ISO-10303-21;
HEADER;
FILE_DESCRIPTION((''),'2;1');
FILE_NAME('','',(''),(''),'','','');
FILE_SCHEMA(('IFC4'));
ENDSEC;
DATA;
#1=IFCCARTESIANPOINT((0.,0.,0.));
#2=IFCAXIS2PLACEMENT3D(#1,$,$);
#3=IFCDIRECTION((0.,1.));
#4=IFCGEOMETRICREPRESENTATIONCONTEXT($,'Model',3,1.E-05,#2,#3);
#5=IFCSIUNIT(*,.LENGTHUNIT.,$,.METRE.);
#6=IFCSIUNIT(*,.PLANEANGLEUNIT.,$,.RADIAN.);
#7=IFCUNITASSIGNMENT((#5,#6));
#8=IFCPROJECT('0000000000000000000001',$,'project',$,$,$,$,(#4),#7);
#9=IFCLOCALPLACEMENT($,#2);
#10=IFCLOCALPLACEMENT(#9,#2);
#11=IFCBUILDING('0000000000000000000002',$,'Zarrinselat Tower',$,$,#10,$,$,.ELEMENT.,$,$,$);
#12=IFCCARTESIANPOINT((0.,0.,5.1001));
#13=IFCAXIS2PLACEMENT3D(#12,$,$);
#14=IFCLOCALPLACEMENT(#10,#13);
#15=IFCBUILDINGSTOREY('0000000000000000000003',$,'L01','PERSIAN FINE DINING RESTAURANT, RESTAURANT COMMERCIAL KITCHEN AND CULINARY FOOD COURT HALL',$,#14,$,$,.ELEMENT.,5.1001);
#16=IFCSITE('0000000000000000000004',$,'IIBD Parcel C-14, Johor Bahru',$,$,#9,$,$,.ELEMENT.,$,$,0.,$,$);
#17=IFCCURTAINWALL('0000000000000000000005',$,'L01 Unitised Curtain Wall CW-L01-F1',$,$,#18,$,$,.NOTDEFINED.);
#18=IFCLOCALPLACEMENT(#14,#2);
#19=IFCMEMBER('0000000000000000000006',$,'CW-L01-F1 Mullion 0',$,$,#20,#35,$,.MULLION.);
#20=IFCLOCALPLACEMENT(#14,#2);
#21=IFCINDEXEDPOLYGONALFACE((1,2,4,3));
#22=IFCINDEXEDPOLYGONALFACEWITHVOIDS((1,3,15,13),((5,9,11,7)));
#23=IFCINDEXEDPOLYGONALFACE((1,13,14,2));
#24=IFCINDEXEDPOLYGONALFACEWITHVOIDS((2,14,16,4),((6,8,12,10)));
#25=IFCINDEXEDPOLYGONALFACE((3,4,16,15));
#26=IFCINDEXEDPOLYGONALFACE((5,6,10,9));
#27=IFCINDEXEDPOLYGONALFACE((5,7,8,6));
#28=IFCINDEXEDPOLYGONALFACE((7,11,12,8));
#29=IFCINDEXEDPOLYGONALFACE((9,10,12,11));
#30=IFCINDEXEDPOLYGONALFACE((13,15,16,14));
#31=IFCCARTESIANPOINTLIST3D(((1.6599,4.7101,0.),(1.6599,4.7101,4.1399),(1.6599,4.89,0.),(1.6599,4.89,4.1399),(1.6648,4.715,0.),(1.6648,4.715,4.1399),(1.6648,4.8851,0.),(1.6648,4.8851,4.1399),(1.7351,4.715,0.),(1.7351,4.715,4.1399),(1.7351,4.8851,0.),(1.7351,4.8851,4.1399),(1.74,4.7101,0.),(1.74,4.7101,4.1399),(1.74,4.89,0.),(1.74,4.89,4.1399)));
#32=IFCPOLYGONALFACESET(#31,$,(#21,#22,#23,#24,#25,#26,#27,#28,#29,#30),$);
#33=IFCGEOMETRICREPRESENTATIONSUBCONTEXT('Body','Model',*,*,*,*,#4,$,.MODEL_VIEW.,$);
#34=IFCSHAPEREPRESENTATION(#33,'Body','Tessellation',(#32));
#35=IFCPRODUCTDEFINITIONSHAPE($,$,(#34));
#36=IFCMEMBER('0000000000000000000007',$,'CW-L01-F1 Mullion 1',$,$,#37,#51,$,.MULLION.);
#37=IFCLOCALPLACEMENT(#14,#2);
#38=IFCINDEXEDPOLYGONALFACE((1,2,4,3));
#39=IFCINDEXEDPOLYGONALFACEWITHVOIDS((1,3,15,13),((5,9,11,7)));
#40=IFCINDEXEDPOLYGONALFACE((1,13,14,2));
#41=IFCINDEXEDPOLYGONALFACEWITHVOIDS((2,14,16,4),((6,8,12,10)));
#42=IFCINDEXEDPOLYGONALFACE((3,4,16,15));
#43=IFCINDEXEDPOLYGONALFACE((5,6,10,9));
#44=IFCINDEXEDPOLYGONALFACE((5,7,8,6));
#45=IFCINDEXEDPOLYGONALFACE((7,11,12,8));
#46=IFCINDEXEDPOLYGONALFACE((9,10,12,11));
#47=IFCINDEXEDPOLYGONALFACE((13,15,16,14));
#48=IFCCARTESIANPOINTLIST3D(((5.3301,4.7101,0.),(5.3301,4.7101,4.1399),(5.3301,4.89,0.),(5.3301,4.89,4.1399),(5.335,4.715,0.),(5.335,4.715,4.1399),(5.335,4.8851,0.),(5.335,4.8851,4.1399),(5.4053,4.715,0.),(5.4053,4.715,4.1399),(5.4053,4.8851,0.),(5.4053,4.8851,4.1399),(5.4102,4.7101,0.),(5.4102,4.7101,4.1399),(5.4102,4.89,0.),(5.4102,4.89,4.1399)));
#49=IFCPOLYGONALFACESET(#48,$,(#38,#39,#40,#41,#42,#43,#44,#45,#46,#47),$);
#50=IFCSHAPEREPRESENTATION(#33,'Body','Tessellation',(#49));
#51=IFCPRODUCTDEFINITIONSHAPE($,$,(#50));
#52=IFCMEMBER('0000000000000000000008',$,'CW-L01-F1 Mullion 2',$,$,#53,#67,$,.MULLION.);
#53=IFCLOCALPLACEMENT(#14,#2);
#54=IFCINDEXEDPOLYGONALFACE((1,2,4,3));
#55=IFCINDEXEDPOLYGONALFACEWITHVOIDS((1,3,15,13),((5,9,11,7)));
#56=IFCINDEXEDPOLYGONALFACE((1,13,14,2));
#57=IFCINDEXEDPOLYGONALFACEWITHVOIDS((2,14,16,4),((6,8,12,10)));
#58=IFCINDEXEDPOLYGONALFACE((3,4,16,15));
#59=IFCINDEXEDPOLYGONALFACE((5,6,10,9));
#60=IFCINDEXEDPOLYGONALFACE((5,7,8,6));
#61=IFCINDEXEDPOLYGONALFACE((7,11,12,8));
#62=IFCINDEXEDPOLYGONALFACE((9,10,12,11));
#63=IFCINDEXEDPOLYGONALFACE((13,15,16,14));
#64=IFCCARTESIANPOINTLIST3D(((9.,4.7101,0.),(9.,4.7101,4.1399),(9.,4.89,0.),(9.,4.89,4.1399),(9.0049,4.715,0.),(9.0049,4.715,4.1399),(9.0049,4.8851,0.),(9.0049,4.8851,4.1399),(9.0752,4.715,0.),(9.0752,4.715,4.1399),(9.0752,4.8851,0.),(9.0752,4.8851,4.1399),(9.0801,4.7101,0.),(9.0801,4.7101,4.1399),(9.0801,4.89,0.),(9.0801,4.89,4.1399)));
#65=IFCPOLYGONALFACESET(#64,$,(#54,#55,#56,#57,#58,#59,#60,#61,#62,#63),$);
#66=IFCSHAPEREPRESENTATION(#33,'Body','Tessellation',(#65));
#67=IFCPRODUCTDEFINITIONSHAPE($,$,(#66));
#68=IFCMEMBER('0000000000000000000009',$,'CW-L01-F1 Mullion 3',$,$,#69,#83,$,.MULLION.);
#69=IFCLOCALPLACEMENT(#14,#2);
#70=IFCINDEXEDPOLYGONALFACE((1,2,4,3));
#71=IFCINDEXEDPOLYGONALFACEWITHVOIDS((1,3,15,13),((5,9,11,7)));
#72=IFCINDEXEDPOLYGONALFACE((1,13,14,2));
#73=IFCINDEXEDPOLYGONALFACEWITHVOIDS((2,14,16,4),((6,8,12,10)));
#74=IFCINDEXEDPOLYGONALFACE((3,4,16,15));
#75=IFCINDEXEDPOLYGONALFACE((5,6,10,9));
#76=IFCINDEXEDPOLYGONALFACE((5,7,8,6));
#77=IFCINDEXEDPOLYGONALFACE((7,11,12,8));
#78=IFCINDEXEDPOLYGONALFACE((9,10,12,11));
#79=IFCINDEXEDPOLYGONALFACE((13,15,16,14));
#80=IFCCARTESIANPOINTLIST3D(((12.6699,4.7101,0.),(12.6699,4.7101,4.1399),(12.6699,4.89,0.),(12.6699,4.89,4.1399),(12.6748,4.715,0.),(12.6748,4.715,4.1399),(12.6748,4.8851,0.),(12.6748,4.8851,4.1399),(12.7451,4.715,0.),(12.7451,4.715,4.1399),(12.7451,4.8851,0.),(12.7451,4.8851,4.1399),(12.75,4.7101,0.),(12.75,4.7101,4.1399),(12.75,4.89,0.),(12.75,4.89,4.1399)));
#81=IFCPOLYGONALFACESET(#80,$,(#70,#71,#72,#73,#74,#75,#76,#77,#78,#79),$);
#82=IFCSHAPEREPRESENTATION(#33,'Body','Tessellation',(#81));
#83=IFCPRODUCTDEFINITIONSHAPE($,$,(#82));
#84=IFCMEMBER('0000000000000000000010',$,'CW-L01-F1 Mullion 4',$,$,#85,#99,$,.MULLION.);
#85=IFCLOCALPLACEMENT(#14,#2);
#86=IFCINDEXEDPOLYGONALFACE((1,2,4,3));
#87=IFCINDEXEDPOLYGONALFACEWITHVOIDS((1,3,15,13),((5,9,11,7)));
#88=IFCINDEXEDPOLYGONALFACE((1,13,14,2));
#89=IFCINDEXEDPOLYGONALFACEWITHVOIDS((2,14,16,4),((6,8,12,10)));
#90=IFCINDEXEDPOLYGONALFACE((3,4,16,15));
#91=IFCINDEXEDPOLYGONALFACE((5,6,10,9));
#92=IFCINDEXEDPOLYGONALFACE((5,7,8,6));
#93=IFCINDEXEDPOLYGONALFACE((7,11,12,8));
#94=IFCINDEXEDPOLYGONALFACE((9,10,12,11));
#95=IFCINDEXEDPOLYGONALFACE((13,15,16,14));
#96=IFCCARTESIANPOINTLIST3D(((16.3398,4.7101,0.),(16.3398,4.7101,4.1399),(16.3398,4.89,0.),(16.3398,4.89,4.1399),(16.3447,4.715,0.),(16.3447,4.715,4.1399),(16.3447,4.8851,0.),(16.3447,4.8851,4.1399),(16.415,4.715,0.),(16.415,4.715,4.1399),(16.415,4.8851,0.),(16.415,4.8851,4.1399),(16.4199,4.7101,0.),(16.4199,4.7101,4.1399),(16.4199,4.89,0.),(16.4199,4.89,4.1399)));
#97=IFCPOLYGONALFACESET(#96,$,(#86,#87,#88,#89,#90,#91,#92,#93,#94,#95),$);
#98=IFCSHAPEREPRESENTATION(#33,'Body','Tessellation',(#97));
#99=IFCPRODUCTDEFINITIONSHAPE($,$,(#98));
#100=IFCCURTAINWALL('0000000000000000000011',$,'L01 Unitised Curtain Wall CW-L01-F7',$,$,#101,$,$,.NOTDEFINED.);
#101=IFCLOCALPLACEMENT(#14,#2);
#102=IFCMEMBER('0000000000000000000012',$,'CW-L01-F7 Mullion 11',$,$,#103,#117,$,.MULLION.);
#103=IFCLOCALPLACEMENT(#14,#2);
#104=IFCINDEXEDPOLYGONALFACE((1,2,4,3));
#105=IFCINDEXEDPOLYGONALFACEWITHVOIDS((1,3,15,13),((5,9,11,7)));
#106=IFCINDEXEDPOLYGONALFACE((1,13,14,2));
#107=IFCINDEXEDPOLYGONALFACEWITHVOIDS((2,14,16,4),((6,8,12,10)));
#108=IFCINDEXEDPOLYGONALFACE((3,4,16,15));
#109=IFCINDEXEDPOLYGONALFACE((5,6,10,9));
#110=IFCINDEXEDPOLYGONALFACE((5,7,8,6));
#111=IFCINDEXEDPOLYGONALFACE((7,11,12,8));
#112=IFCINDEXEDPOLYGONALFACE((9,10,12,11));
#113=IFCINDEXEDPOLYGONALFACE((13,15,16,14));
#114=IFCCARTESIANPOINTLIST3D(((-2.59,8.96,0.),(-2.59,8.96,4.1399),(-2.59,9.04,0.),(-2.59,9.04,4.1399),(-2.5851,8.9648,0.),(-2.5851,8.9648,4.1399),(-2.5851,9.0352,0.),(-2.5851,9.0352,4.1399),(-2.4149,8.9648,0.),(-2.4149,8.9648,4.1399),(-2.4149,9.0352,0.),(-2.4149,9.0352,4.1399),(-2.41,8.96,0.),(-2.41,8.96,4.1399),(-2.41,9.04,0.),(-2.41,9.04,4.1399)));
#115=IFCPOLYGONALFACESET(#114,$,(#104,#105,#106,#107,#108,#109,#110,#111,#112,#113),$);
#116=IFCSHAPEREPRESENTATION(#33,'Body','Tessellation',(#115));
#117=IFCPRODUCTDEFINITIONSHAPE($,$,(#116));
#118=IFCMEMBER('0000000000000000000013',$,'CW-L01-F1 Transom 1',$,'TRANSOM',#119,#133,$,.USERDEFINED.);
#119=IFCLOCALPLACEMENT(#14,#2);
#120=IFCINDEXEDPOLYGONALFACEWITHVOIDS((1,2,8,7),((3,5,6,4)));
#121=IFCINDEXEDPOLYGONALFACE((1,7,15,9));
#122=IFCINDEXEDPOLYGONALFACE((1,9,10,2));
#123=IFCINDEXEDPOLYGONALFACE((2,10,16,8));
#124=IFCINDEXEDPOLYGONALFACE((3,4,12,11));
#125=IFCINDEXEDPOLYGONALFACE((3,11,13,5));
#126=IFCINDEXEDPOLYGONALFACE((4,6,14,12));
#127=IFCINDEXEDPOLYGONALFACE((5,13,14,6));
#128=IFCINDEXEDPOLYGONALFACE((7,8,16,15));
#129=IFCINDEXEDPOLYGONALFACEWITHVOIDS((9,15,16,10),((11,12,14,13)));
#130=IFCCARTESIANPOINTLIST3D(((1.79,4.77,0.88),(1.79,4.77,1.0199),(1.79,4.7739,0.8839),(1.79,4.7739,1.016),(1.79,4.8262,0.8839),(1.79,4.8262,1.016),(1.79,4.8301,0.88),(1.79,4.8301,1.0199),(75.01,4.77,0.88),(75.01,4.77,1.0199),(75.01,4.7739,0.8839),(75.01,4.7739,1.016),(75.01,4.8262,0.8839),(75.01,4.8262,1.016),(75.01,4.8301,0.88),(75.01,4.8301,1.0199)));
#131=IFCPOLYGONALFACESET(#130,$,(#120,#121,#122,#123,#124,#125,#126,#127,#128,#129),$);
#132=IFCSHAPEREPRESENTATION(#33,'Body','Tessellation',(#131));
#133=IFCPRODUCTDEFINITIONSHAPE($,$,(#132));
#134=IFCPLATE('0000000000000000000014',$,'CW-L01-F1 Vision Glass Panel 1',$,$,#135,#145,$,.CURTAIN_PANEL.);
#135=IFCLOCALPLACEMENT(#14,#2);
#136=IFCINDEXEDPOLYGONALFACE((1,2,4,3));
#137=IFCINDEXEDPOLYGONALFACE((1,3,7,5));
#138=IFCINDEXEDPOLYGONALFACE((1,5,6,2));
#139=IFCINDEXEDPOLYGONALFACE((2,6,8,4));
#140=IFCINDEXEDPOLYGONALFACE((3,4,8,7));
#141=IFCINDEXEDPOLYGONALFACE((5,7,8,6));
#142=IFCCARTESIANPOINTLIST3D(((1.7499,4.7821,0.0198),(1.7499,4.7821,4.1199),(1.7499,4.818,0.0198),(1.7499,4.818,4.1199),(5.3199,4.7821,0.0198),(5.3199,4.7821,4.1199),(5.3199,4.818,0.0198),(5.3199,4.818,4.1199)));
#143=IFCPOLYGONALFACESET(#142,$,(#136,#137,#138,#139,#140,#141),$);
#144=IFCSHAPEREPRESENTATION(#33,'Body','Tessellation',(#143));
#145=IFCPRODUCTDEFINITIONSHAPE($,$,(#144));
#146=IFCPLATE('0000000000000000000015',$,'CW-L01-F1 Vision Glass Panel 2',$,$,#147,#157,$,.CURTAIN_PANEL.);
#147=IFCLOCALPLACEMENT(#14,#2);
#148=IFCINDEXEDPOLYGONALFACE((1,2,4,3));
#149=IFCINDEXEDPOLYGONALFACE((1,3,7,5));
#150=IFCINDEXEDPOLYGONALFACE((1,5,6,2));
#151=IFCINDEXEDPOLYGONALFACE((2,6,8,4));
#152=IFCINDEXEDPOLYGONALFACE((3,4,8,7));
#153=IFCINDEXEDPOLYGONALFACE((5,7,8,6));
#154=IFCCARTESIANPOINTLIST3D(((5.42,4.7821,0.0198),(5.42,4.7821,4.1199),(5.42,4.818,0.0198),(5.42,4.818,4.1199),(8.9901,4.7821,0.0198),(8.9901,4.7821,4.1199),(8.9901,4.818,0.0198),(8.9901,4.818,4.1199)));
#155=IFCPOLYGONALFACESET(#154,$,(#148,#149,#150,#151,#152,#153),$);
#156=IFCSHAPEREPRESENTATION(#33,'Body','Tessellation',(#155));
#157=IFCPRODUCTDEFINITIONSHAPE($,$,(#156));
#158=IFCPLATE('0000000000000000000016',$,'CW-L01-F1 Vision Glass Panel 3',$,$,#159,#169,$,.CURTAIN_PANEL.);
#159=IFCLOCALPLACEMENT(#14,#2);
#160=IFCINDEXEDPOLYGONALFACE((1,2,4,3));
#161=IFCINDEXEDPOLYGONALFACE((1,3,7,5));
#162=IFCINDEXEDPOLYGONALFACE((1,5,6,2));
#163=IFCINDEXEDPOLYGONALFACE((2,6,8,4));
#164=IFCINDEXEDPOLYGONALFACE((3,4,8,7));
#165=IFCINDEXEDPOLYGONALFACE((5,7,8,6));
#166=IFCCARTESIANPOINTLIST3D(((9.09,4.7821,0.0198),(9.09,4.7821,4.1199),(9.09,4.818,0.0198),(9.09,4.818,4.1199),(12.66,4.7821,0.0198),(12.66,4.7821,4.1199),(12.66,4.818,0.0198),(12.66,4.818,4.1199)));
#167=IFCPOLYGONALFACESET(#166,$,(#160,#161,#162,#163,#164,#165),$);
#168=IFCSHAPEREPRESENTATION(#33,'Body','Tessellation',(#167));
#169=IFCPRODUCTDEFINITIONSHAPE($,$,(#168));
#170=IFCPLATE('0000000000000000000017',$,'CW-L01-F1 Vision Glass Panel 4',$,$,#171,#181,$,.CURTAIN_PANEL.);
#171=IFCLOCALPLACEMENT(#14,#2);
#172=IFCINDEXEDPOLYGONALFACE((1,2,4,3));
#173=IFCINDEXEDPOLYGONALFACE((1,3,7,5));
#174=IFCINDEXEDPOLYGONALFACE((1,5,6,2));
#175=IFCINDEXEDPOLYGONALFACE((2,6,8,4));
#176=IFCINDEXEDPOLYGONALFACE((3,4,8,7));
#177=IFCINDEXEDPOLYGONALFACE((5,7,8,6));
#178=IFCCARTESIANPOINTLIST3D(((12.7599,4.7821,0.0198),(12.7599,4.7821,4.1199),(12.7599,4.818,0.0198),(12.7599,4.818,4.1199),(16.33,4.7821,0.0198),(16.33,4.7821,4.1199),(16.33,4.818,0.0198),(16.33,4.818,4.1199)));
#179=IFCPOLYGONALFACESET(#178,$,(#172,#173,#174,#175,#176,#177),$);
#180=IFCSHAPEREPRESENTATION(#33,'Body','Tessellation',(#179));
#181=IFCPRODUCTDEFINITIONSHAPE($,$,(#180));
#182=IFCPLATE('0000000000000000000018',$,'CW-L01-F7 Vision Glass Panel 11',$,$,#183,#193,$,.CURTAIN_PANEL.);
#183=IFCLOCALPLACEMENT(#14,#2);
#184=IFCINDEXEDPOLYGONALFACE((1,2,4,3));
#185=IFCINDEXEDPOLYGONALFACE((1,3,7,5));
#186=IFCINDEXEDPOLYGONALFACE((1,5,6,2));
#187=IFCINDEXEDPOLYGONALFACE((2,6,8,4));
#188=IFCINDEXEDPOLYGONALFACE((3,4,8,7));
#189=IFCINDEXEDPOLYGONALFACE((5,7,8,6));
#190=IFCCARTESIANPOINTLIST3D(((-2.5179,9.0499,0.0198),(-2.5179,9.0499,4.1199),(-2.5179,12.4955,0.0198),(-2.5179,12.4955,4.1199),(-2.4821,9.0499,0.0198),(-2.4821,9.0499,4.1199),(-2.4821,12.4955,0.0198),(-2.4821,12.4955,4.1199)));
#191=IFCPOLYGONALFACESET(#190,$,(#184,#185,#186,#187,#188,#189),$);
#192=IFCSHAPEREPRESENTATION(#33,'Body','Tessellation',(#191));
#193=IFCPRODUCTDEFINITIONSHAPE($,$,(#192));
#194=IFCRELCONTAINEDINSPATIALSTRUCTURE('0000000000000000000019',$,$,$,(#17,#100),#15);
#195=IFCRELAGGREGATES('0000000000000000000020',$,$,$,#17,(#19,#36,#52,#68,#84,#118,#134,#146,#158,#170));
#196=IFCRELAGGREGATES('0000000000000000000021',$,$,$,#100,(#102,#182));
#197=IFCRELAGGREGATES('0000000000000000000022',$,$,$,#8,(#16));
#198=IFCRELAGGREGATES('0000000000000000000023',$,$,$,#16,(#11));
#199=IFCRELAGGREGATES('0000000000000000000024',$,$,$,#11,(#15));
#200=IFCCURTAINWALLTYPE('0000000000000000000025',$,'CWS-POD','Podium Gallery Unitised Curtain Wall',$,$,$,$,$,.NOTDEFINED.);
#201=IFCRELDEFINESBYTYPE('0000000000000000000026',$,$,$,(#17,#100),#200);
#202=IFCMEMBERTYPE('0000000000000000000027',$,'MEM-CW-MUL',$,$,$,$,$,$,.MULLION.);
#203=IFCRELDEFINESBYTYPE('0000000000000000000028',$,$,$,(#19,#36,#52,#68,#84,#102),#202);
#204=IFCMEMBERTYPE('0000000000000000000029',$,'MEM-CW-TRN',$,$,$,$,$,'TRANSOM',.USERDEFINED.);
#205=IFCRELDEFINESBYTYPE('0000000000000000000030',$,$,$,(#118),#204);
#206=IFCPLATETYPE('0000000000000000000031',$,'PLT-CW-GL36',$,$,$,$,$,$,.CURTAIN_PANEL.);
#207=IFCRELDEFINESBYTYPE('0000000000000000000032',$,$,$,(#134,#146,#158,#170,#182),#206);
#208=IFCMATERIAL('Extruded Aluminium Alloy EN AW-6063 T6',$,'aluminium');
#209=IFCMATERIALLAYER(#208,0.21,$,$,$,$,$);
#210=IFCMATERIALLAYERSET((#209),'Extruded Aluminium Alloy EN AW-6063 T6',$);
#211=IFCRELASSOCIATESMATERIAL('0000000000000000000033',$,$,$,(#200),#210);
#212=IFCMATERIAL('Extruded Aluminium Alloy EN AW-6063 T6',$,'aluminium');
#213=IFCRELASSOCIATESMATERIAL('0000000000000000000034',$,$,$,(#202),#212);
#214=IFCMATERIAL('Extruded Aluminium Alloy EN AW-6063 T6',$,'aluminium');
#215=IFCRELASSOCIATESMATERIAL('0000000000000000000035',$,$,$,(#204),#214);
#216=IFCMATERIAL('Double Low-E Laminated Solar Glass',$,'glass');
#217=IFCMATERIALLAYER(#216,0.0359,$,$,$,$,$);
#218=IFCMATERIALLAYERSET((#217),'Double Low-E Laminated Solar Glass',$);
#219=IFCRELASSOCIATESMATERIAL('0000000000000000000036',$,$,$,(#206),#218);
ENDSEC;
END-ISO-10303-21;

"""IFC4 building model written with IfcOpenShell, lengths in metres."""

from ifc_helpers import new_model, si_unit, direction, frame, origin, origin_2d, place, context, subcontext, project, spatial, rectangle, hollow_rectangle, extrude, material, layer, layer_set, material_profile, profile_set, type_object, element, aggregate, save


model = new_model("IFC4")

# Units and contexts
model_context = context("Model", 3, precision=1e-05, world=origin(), true_north=direction((0.0, 1.0)))
body_context = subcontext(model_context, "Body", "Model", "MODEL_VIEW")
ifc_project = project(units=[si_unit("LENGTHUNIT", "METRE"), si_unit("PLANEANGLEUNIT", "RADIAN")], contexts=[model_context])

# Site, building, storey
site_placement = place(None, origin())
site = spatial("IfcSite", under=ifc_project, at=site_placement, Name="IIBD Parcel C-14, Johor Bahru", CompositionType="ELEMENT", RefElevation=0.0)
building_placement = place(site_placement, origin())
building = spatial("IfcBuilding", under=site, at=building_placement, Name="Zarrinselat Tower", CompositionType="ELEMENT")
storey_placement = place(building_placement, frame((0.0, 0.0, 5.1001)))
storey = spatial("IfcBuildingStorey", under=building, at=storey_placement, Name="L01", Description="PERSIAN FINE DINING RESTAURANT, RESTAURANT COMMERCIAL KITCHEN AND CULINARY FOOD COURT HALL", CompositionType="ELEMENT", Elevation=5.1001)

# Curtain wall, members
ifc_material_1 = material(Name="Extruded Aluminium Alloy EN AW-6063 T6", Category="aluminium")
ifc_layer_1 = layer(ifc_material_1, 0.21)
ifc_layer_set_1 = layer_set([ifc_layer_1], Name="Extruded Aluminium Alloy EN AW-6063 T6")
curtain_wall_type = type_object("IfcCurtainWallType", Name="CWS-POD", Description="Podium Gallery Unitised Curtain Wall", PredefinedType="NOTDEFINED", material=ifc_layer_set_1)
curtain_wall_1_placement = place(storey_placement, origin())
curtain_wall_1 = element("IfcCurtainWall", 1, at=curtain_wall_1_placement, inside=storey, type_object=curtain_wall_type, Name="L01 Unitised Curtain Wall CW-L01-F1", PredefinedType="NOTDEFINED")
ifc_material_2 = material(Name="Extruded Aluminium Alloy EN AW-6063 T6", Category="aluminium")
ifc_material_profile_1 = material_profile(ifc_material_2, hollow_rectangle(XDim=0.0801, YDim=0.1799, WallThickness=0.0049, at=origin_2d()), Name="RHS 180x80x5")
ifc_profile_set_1 = profile_set([ifc_material_profile_1], Name="Extruded Aluminium Alloy EN AW-6063 T6")
member_type_1 = type_object("IfcMemberType", Name="MEM-CW-MUL", PredefinedType="MULLION", material=ifc_profile_set_1)
member_1_placement = place(storey_placement, frame((1.7, 4.8, 0.0), z_axis=(0.0, 0.0, 1.0), x_axis=(1.0, 0.0, 0.0)))
member_1 = element("IfcMember", 2, at=member_1_placement, type_object=member_type_1, Name="CW-L01-F1 Mullion 0", PredefinedType="MULLION", context=body_context, shape_type="SweptSolid", body=[
    extrude(hollow_rectangle(XDim=0.0801, YDim=0.1799, WallThickness=0.0049, at=origin_2d()), origin(), (0.0, 0.0, 1.0), 4.1399),
])
member_2_placement = place(storey_placement, frame((5.3701, 4.8, 0.0), z_axis=(0.0, 0.0, 1.0), x_axis=(1.0, 0.0, 0.0)))
member_2 = element("IfcMember", 3, at=member_2_placement, type_object=member_type_1, Name="CW-L01-F1 Mullion 1", PredefinedType="MULLION", context=body_context, shape_type="SweptSolid", body=[
    extrude(hollow_rectangle(XDim=0.0801, YDim=0.1799, WallThickness=0.0049, at=origin_2d()), origin(), (0.0, 0.0, 1.0), 4.1399),
])
member_3_placement = place(storey_placement, frame((9.04, 4.8, 0.0), z_axis=(0.0, 0.0, 1.0), x_axis=(1.0, 0.0, 0.0)))
member_3 = element("IfcMember", 4, at=member_3_placement, type_object=member_type_1, Name="CW-L01-F1 Mullion 2", PredefinedType="MULLION", context=body_context, shape_type="SweptSolid", body=[
    extrude(hollow_rectangle(XDim=0.0801, YDim=0.1799, WallThickness=0.0049, at=origin_2d()), origin(), (0.0, 0.0, 1.0), 4.1399),
])
member_4_placement = place(storey_placement, frame((12.71, 4.8, 0.0), z_axis=(0.0, 0.0, 1.0), x_axis=(1.0, 0.0, 0.0)))
member_4 = element("IfcMember", 5, at=member_4_placement, type_object=member_type_1, Name="CW-L01-F1 Mullion 3", PredefinedType="MULLION", context=body_context, shape_type="SweptSolid", body=[
    extrude(hollow_rectangle(XDim=0.0801, YDim=0.1799, WallThickness=0.0049, at=origin_2d()), origin(), (0.0, 0.0, 1.0), 4.1399),
])
member_5_placement = place(storey_placement, frame((16.3799, 4.8, 0.0), z_axis=(0.0, 0.0, 1.0), x_axis=(1.0, 0.0, 0.0)))
member_5 = element("IfcMember", 6, at=member_5_placement, type_object=member_type_1, Name="CW-L01-F1 Mullion 4", PredefinedType="MULLION", context=body_context, shape_type="SweptSolid", body=[
    extrude(hollow_rectangle(XDim=0.0801, YDim=0.1799, WallThickness=0.0049, at=origin_2d()), origin(), (0.0, 0.0, 1.0), 4.1399),
])

# Curtain wall, member
curtain_wall_2_placement = place(storey_placement, origin())
curtain_wall_2 = element("IfcCurtainWall", 7, at=curtain_wall_2_placement, inside=storey, type_object=curtain_wall_type, Name="L01 Unitised Curtain Wall CW-L01-F7", PredefinedType="NOTDEFINED")
member_6_placement = place(storey_placement, frame((-2.5, 9.0, 0.0), z_axis=(0.0, 0.0, 1.0), x_axis=(0.0, -1.0, 0.0)))
member_6 = element("IfcMember", 8, at=member_6_placement, type_object=member_type_1, Name="CW-L01-F7 Mullion 11", PredefinedType="MULLION", context=body_context, shape_type="SweptSolid", body=[
    extrude(hollow_rectangle(XDim=0.0801, YDim=0.1799, WallThickness=0.0049, at=origin_2d()), origin(), (0.0, 0.0, 1.0), 4.1399),
])

# Member
ifc_material_3 = material(Name="Extruded Aluminium Alloy EN AW-6063 T6", Category="aluminium")
ifc_material_profile_2 = material_profile(ifc_material_3, hollow_rectangle(XDim=0.0601, YDim=0.1399, WallThickness=0.0039, at=origin_2d()), Name="RHS 140x60x4")
ifc_profile_set_2 = profile_set([ifc_material_profile_2], Name="Extruded Aluminium Alloy EN AW-6063 T6")
member_type_2 = type_object("IfcMemberType", Name="MEM-CW-TRN", ElementType="TRANSOM", PredefinedType="USERDEFINED", material=ifc_profile_set_2)
member_7_placement = place(storey_placement, frame((1.79, 4.8, 0.95), z_axis=(1.0, 0.0, 0.0), x_axis=(0.0, 1.0, 0.0)))
member_7 = element("IfcMember", 9, at=member_7_placement, type_object=member_type_2, Name="CW-L01-F1 Transom 1", ObjectType="TRANSOM", PredefinedType="USERDEFINED", context=body_context, shape_type="SweptSolid", body=[
    extrude(hollow_rectangle(XDim=0.0601, YDim=0.1399, WallThickness=0.0039, at=origin_2d()), origin(), (0.0, 0.0, 1.0), 73.22),
])

# Plates
ifc_material_4 = material(Name="Double Low-E Laminated Solar Glass", Category="glass")
ifc_layer_2 = layer(ifc_material_4, 0.0359)
ifc_layer_set_2 = layer_set([ifc_layer_2], Name="Double Low-E Laminated Solar Glass")
plate_type = type_object("IfcPlateType", Name="PLT-CW-GL36", PredefinedType="CURTAIN_PANEL", material=ifc_layer_set_2)
plate_1_placement = place(storey_placement, frame((3.5349, 4.8, 0.0198), z_axis=(0.0, 0.0, 1.0), x_axis=(1.0, 0.0, 0.0)))
plate_1 = element("IfcPlate", 10, at=plate_1_placement, type_object=plate_type, Name="CW-L01-F1 Vision Glass Panel 1", PredefinedType="CURTAIN_PANEL", context=body_context, shape_type="SweptSolid", body=[
    extrude(rectangle(XDim=3.5701, YDim=0.0359, at=origin_2d()), origin(), (0.0, 0.0, 1.0), 4.1001),
])
plate_2_placement = place(storey_placement, frame((7.2051, 4.8, 0.0198), z_axis=(0.0, 0.0, 1.0), x_axis=(1.0, 0.0, 0.0)))
plate_2 = element("IfcPlate", 11, at=plate_2_placement, type_object=plate_type, Name="CW-L01-F1 Vision Glass Panel 2", PredefinedType="CURTAIN_PANEL", context=body_context, shape_type="SweptSolid", body=[
    extrude(rectangle(XDim=3.5701, YDim=0.0359, at=origin_2d()), origin(), (0.0, 0.0, 1.0), 4.1001),
])
plate_3_placement = place(storey_placement, frame((10.875, 4.8, 0.0198), z_axis=(0.0, 0.0, 1.0), x_axis=(1.0, 0.0, 0.0)))
plate_3 = element("IfcPlate", 12, at=plate_3_placement, type_object=plate_type, Name="CW-L01-F1 Vision Glass Panel 3", PredefinedType="CURTAIN_PANEL", context=body_context, shape_type="SweptSolid", body=[
    extrude(rectangle(XDim=3.5701, YDim=0.0359, at=origin_2d()), origin(), (0.0, 0.0, 1.0), 4.1001),
])
plate_4_placement = place(storey_placement, frame((14.5449, 4.8, 0.0198), z_axis=(0.0, 0.0, 1.0), x_axis=(1.0, 0.0, 0.0)))
plate_4 = element("IfcPlate", 13, at=plate_4_placement, type_object=plate_type, Name="CW-L01-F1 Vision Glass Panel 4", PredefinedType="CURTAIN_PANEL", context=body_context, shape_type="SweptSolid", body=[
    extrude(rectangle(XDim=3.5701, YDim=0.0359, at=origin_2d()), origin(), (0.0, 0.0, 1.0), 4.1001),
])
aggregate(curtain_wall_1, [member_1, member_2, member_3, member_4, member_5, member_7, plate_1, plate_2, plate_3, plate_4])
plate_5_placement = place(storey_placement, frame((-2.5, 10.7727, 0.0198), z_axis=(0.0, 0.0, 1.0), x_axis=(0.0, -1.0, 0.0)))
plate_5 = element("IfcPlate", 14, at=plate_5_placement, type_object=plate_type, Name="CW-L01-F7 Vision Glass Panel 11", PredefinedType="CURTAIN_PANEL", context=body_context, shape_type="SweptSolid", body=[
    extrude(rectangle(XDim=3.4456, YDim=0.0359, at=origin_2d()), origin(), (0.0, 0.0, 1.0), 4.1001),
])
aggregate(curtain_wall_2, [member_6, plate_5])

save(model, "model.ifc")
